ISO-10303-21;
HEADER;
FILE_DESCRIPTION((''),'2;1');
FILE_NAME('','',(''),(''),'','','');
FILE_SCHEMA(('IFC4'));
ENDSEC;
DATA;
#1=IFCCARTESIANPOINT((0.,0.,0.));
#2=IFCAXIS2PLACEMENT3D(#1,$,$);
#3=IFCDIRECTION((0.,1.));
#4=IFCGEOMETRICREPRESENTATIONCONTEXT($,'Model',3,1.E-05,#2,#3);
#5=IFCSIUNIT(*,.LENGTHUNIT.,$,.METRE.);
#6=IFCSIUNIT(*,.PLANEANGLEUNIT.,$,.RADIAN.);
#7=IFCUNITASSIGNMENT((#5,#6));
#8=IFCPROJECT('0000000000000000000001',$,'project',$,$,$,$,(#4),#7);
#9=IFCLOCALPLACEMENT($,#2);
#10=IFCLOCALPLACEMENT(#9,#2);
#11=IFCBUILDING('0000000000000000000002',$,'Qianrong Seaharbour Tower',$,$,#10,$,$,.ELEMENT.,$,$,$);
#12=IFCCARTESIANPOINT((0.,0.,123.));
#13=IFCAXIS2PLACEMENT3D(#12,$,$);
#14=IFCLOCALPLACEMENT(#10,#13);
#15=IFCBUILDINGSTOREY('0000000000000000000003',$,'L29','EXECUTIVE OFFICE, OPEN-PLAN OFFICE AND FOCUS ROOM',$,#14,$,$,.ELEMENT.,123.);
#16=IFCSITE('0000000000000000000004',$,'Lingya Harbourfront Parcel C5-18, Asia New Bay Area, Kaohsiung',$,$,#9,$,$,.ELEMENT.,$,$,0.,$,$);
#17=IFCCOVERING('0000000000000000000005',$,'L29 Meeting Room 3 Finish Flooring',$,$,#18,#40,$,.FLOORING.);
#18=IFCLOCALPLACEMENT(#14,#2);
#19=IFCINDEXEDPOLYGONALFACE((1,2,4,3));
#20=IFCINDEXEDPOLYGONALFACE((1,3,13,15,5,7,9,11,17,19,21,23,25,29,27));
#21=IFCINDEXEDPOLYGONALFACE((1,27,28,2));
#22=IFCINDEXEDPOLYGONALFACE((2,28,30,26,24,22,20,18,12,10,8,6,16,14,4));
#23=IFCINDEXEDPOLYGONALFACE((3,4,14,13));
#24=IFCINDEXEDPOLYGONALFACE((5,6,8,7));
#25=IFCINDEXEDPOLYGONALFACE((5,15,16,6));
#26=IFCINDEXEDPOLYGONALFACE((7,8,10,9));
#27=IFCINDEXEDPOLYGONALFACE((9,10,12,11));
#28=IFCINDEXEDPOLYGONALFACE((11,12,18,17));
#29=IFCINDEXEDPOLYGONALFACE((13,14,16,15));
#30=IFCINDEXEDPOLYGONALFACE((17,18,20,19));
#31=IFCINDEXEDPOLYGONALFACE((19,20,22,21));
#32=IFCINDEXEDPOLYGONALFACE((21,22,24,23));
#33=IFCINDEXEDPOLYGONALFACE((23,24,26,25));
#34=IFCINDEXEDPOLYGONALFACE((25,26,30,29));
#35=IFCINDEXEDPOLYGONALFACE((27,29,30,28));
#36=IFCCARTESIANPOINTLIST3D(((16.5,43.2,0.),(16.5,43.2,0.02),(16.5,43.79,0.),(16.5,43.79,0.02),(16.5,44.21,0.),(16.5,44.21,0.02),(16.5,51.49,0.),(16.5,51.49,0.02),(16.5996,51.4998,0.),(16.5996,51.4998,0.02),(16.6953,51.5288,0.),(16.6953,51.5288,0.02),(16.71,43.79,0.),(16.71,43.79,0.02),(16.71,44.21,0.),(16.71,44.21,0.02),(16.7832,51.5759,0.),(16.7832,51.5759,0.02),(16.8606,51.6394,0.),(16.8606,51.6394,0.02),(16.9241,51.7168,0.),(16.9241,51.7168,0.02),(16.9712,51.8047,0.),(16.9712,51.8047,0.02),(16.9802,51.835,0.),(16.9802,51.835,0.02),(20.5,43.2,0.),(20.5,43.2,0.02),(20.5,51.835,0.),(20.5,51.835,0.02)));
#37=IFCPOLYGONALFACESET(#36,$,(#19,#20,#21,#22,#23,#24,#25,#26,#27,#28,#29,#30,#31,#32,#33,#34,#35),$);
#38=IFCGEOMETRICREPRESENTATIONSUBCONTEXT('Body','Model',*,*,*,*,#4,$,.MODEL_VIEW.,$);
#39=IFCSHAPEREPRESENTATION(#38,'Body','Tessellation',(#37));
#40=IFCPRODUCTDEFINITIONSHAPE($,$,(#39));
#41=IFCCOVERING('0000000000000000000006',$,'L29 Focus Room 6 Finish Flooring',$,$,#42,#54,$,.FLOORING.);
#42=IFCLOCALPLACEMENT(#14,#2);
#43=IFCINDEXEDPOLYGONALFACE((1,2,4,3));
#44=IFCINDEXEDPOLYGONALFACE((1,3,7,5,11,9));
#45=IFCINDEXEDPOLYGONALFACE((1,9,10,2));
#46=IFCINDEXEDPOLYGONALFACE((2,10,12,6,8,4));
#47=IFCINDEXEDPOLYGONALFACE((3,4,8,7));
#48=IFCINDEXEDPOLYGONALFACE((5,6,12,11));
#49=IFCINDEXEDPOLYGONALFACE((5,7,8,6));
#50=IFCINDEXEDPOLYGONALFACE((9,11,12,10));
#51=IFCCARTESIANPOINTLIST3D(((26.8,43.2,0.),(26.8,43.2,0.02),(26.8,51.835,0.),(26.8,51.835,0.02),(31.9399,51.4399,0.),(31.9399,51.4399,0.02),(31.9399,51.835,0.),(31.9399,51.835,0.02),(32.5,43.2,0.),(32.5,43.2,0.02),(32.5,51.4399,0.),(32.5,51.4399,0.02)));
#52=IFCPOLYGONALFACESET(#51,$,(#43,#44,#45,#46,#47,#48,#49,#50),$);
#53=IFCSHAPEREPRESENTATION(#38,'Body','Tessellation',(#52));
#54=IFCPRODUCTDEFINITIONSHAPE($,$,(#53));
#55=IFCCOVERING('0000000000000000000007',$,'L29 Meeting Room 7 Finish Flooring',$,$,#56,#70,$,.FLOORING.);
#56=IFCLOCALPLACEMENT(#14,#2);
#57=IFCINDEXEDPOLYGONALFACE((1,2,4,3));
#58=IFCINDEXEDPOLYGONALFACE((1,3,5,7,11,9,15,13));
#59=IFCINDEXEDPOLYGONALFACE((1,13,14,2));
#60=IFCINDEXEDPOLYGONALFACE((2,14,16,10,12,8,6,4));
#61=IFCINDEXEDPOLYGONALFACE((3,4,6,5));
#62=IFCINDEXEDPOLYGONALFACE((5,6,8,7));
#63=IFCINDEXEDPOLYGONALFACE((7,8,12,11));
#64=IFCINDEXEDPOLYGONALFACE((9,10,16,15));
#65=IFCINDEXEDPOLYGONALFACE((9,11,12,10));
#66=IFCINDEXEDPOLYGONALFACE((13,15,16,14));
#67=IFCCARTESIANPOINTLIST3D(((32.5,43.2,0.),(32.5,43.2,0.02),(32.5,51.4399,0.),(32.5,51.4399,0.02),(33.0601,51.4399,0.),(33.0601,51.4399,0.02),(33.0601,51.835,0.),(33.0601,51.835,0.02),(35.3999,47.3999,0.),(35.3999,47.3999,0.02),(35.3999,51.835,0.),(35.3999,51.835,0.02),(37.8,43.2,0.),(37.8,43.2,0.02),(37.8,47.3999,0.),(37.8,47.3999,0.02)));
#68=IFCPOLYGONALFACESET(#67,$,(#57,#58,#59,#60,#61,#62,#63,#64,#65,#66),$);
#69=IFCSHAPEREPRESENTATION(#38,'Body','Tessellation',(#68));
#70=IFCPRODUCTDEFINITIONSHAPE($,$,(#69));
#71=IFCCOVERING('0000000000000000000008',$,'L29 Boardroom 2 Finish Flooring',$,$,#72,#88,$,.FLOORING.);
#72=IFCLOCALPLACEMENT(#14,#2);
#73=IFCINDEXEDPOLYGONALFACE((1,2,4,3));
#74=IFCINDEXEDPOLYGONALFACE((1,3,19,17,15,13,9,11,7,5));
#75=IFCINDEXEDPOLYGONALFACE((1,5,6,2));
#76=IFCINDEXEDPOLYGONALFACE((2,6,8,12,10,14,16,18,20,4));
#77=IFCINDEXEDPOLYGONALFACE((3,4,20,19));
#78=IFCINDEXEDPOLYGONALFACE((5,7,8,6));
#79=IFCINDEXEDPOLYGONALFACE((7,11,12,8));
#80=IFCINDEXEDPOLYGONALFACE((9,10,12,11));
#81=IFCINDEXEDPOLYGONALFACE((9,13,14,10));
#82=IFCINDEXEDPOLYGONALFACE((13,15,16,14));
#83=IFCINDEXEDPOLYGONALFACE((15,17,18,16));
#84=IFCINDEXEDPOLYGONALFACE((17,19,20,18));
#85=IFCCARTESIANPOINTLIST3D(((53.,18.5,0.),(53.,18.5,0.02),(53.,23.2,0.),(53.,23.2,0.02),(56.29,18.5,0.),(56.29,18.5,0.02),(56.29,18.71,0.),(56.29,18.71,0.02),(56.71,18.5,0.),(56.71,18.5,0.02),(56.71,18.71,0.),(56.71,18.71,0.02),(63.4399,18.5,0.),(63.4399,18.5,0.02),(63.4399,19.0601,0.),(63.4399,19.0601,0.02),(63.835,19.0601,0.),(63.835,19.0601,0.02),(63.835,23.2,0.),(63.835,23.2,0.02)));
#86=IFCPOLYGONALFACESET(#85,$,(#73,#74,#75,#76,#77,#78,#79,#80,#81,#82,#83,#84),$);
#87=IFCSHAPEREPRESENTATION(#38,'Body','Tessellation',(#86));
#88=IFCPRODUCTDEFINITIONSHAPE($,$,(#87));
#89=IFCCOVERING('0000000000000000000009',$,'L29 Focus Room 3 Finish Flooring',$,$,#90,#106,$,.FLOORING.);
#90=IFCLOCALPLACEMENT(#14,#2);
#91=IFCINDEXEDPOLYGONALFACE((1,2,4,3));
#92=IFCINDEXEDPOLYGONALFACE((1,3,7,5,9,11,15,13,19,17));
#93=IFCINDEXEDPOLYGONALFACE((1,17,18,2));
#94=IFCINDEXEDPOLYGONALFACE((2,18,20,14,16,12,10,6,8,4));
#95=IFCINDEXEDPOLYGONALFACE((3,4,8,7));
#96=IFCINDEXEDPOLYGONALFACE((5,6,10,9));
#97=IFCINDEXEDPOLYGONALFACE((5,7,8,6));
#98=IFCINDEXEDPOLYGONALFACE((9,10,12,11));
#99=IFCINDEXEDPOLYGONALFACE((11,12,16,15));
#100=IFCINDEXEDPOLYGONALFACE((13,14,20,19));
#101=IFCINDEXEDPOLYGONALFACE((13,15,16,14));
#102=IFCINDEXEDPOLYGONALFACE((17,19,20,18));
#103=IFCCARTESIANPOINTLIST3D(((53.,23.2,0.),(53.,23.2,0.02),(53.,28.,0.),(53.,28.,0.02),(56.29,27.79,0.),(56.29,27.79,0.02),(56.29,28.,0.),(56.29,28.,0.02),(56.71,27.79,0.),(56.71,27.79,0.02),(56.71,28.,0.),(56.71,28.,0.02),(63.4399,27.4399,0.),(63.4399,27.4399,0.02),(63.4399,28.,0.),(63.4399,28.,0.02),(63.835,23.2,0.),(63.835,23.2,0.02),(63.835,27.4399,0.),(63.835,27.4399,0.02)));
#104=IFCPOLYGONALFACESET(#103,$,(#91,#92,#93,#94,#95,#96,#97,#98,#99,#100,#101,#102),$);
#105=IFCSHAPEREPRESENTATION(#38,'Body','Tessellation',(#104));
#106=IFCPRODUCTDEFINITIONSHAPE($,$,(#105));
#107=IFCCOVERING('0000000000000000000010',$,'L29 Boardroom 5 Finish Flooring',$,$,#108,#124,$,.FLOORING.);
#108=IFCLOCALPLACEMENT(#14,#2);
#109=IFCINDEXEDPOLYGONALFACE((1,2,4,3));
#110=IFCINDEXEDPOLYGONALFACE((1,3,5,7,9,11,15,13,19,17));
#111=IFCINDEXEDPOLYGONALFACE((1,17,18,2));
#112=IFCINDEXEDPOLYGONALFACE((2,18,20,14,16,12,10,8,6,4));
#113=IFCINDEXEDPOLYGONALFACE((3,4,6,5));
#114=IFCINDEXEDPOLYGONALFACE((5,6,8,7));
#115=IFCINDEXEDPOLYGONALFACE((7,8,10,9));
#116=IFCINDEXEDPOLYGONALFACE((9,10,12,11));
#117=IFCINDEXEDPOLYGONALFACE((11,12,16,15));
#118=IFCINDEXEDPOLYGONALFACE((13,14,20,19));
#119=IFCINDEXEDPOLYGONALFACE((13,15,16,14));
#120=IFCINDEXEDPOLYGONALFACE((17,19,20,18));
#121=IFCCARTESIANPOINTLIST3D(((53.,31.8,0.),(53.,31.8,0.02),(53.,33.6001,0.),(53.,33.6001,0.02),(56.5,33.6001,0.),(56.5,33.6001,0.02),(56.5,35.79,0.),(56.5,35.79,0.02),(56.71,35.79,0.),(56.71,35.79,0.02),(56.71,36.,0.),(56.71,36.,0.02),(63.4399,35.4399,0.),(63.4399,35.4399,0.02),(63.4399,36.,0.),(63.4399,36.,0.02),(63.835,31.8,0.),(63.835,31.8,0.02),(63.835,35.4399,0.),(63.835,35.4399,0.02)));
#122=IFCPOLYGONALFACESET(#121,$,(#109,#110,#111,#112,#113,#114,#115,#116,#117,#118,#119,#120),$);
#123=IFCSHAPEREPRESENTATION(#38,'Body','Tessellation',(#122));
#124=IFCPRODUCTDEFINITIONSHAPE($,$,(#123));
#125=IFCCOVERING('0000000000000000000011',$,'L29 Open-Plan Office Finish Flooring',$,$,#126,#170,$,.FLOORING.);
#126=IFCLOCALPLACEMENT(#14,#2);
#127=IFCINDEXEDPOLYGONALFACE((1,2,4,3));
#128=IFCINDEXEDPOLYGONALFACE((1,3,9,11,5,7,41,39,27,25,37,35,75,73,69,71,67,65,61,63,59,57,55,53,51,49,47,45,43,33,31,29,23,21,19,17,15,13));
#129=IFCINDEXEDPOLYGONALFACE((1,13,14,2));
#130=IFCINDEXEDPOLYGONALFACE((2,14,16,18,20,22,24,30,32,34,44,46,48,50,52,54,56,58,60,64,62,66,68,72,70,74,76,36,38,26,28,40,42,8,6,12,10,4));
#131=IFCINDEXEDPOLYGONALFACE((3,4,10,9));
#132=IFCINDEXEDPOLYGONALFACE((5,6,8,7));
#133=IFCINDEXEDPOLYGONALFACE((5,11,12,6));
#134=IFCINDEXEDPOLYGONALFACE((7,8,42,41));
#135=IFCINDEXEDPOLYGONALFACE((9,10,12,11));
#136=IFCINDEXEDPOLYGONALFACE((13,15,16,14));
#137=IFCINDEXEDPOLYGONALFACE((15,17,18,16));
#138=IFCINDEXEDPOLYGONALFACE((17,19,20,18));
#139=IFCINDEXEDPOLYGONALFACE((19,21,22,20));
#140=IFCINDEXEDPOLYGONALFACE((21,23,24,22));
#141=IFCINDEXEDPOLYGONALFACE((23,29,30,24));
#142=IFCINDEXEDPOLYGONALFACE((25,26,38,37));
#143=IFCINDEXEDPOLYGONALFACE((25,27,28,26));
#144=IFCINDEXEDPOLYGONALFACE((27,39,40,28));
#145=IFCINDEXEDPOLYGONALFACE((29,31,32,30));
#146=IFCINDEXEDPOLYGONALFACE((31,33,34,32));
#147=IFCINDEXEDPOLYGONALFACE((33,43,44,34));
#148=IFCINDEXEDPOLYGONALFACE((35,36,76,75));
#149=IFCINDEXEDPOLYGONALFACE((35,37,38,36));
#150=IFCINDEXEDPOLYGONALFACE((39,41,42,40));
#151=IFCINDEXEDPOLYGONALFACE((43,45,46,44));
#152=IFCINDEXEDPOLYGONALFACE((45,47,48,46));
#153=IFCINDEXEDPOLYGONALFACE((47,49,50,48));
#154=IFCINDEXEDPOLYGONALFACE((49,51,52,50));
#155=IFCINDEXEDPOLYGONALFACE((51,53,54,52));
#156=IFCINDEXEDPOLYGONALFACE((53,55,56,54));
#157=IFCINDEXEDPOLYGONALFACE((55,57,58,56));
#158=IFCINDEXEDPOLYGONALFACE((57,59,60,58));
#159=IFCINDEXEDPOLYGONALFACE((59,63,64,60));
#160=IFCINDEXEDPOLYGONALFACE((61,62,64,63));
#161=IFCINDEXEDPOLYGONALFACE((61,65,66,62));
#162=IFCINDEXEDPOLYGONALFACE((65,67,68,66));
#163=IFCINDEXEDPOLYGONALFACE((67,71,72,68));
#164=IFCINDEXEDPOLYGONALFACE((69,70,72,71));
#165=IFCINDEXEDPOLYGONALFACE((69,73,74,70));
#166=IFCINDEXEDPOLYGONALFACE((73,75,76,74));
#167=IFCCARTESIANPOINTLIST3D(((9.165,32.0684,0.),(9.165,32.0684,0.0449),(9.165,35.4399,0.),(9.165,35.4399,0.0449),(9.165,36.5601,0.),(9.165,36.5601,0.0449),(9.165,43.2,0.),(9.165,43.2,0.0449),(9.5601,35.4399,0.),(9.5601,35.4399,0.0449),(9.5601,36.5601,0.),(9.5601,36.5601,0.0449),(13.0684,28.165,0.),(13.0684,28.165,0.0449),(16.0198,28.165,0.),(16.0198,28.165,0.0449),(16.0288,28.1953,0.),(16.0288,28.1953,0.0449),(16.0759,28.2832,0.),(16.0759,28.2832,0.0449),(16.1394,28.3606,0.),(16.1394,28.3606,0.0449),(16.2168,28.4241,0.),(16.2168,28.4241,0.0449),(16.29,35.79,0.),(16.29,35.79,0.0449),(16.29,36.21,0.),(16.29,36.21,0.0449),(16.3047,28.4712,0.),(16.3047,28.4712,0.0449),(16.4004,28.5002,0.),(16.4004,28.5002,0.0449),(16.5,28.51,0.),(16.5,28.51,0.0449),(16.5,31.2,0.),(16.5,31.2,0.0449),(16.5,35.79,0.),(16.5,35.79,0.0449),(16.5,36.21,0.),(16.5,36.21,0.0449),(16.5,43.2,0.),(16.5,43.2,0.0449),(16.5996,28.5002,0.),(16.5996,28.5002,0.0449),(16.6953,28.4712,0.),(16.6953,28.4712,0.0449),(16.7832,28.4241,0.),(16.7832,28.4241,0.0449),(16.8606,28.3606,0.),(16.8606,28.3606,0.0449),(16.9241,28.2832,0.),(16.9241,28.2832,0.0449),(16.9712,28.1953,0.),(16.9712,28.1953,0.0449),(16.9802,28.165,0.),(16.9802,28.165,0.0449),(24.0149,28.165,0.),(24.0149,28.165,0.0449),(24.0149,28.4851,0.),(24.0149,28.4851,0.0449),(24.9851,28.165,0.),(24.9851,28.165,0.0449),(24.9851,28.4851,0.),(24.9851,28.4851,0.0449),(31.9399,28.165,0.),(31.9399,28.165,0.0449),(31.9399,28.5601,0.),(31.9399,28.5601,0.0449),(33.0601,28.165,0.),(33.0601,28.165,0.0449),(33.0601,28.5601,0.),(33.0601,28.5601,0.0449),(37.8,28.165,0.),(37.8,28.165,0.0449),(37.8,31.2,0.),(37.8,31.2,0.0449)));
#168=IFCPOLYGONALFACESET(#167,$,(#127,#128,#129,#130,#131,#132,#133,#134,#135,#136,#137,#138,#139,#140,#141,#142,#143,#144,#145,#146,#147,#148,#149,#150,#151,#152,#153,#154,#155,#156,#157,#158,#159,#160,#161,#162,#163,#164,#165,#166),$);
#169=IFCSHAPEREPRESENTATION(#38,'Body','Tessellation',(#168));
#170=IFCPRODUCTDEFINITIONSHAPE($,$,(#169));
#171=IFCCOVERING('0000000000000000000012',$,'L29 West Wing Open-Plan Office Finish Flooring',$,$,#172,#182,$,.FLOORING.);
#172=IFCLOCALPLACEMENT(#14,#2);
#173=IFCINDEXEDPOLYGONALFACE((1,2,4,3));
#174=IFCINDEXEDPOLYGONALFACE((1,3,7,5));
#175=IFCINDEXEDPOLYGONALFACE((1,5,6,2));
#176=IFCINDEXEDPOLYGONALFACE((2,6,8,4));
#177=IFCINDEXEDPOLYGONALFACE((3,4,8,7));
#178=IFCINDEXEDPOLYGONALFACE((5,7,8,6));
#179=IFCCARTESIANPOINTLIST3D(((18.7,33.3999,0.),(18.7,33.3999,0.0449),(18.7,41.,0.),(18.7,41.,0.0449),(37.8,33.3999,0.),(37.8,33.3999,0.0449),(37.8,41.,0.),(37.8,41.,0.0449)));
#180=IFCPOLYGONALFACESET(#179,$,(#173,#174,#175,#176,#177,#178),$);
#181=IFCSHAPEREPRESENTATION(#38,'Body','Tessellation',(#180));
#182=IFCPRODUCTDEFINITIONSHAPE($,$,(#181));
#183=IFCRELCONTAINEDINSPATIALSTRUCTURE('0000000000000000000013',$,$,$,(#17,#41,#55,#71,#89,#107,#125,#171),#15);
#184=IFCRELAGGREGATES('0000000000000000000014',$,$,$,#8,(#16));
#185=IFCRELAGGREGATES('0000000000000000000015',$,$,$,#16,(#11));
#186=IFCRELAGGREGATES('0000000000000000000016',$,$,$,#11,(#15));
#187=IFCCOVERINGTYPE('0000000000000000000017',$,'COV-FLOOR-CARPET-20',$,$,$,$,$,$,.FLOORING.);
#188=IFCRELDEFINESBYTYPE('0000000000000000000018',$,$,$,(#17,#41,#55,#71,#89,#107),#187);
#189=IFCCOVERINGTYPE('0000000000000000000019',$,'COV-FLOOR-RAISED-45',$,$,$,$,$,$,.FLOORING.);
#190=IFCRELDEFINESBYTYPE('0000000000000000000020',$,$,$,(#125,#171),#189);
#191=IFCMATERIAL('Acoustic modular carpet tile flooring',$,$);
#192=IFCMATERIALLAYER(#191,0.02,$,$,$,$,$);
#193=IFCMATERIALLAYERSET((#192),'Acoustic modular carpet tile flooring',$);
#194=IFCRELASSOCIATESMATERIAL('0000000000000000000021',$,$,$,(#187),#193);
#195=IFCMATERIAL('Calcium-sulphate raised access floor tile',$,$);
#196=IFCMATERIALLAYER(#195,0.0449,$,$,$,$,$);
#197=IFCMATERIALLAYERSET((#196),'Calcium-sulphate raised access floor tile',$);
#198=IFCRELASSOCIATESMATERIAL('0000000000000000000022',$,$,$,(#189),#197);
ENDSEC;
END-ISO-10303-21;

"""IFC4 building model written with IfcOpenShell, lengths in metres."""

from ifc_helpers import new_model, si_unit, direction, frame, origin, place, context, subcontext, project, spatial, polyline, outline, extrude, material, layer, layer_set, type_object, element, save


model = new_model("IFC4")

# Units and contexts
model_context = context("Model", 3, precision=1e-05, world=origin(), true_north=direction((0.0, 1.0)))
body_context = subcontext(model_context, "Body", "Model", "MODEL_VIEW")
ifc_project = project(units=[si_unit("LENGTHUNIT", "METRE"), si_unit("PLANEANGLEUNIT", "RADIAN")], contexts=[model_context])

# Site, building, storey
site_placement = place(None, origin())
site = spatial("IfcSite", under=ifc_project, at=site_placement, Name="Lingya Harbourfront Parcel C5-18, Asia New Bay Area, Kaohsiung", CompositionType="ELEMENT", RefElevation=0.0)
building_placement = place(site_placement, origin())
building = spatial("IfcBuilding", under=site, at=building_placement, Name="Qianrong Seaharbour Tower", CompositionType="ELEMENT")
storey_placement = place(building_placement, frame((0.0, 0.0, 123.0)))
storey = spatial("IfcBuildingStorey", under=building, at=storey_placement, Name="L29", Description="EXECUTIVE OFFICE, OPEN-PLAN OFFICE AND FOCUS ROOM", CompositionType="ELEMENT", Elevation=123.0)

# Coverings
ifc_material_1 = material(Name="Acoustic modular carpet tile flooring")
ifc_layer_1 = layer(ifc_material_1, 0.02)
ifc_layer_set_1 = layer_set([ifc_layer_1], Name="Acoustic modular carpet tile flooring")
covering_type_1 = type_object("IfcCoveringType", Name="COV-FLOOR-CARPET-20", PredefinedType="FLOORING", material=ifc_layer_set_1)
covering_1_placement = place(storey_placement, origin())
element("IfcCovering", 1, at=covering_1_placement, inside=storey, type_object=covering_type_1, Name="L29 Meeting Room 3 Finish Flooring", PredefinedType="FLOORING", context=body_context, shape_type="SweptSolid", body=[
    extrude(outline(polyline([(16.5, 43.79), (16.71, 43.79), (16.71, 44.21), (16.5, 44.21), (16.5, 51.49), (16.5996, 51.4998), (16.6953, 51.5288), (16.7832, 51.5759), (16.8606, 51.6394), (16.9241, 51.7168), (16.9712, 51.8047), (16.9802, 51.835), (20.5, 51.835), (20.5, 43.2), (16.5, 43.2), (16.5, 43.79)])), origin(), (0.0, 0.0, 1.0), 0.02),
])
covering_2_placement = place(storey_placement, origin())
element("IfcCovering", 2, at=covering_2_placement, inside=storey, type_object=covering_type_1, Name="L29 Focus Room 6 Finish Flooring", PredefinedType="FLOORING", context=body_context, shape_type="SweptSolid", body=[
    extrude(outline(polyline([(26.8, 51.835), (31.9399, 51.835), (31.9399, 51.4399), (32.5, 51.4399), (32.5, 43.2), (26.8, 43.2), (26.8, 51.835)])), origin(), (0.0, 0.0, 1.0), 0.02),
])
covering_3_placement = place(storey_placement, origin())
element("IfcCovering", 3, at=covering_3_placement, inside=storey, type_object=covering_type_1, Name="L29 Meeting Room 7 Finish Flooring", PredefinedType="FLOORING", context=body_context, shape_type="SweptSolid", body=[
    extrude(outline(polyline([(32.5, 51.4399), (33.0601, 51.4399), (33.0601, 51.835), (35.3999, 51.835), (35.3999, 47.3999), (37.8, 47.3999), (37.8, 43.2), (32.5, 43.2), (32.5, 51.4399)])), origin(), (0.0, 0.0, 1.0), 0.02),
])
covering_4_placement = place(storey_placement, origin())
element("IfcCovering", 4, at=covering_4_placement, inside=storey, type_object=covering_type_1, Name="L29 Boardroom 2 Finish Flooring", PredefinedType="FLOORING", context=body_context, shape_type="SweptSolid", body=[
    extrude(outline(polyline([(63.835, 23.2), (63.835, 19.0601), (63.4399, 19.0601), (63.4399, 18.5), (56.71, 18.5), (56.71, 18.71), (56.29, 18.71), (56.29, 18.5), (53.0, 18.5), (53.0, 23.2), (63.835, 23.2)])), origin(), (0.0, 0.0, 1.0), 0.02),
])
covering_5_placement = place(storey_placement, origin())
element("IfcCovering", 5, at=covering_5_placement, inside=storey, type_object=covering_type_1, Name="L29 Focus Room 3 Finish Flooring", PredefinedType="FLOORING", context=body_context, shape_type="SweptSolid", body=[
    extrude(outline(polyline([(56.29, 28.0), (56.29, 27.79), (56.71, 27.79), (56.71, 28.0), (63.4399, 28.0), (63.4399, 27.4399), (63.835, 27.4399), (63.835, 23.2), (53.0, 23.2), (53.0, 28.0), (56.29, 28.0)])), origin(), (0.0, 0.0, 1.0), 0.02),
])
covering_6_placement = place(storey_placement, origin())
element("IfcCovering", 6, at=covering_6_placement, inside=storey, type_object=covering_type_1, Name="L29 Boardroom 5 Finish Flooring", PredefinedType="FLOORING", context=body_context, shape_type="SweptSolid", body=[
    extrude(outline(polyline([(56.5, 33.6001), (56.5, 35.79), (56.71, 35.79), (56.71, 36.0), (63.4399, 36.0), (63.4399, 35.4399), (63.835, 35.4399), (63.835, 31.8), (53.0, 31.8), (53.0, 33.6001), (56.5, 33.6001)])), origin(), (0.0, 0.0, 1.0), 0.02),
])
ifc_material_2 = material(Name="Calcium-sulphate raised access floor tile")
ifc_layer_2 = layer(ifc_material_2, 0.0449)
ifc_layer_set_2 = layer_set([ifc_layer_2], Name="Calcium-sulphate raised access floor tile")
covering_type_2 = type_object("IfcCoveringType", Name="COV-FLOOR-RAISED-45", PredefinedType="FLOORING", material=ifc_layer_set_2)
covering_7_placement = place(storey_placement, origin())
element("IfcCovering", 7, at=covering_7_placement, inside=storey, type_object=covering_type_2, Name="L29 Open-Plan Office Finish Flooring", PredefinedType="FLOORING", context=body_context, shape_type="SweptSolid", body=[
    extrude(outline(polyline([(33.0601, 28.165), (33.0601, 28.5601), (31.9399, 28.5601), (31.9399, 28.165), (24.9851, 28.165), (24.9851, 28.4851), (24.0149, 28.4851), (24.0149, 28.165), (16.9802, 28.165), (16.9712, 28.1953), (16.9241, 28.2832), (16.8606, 28.3606), (16.7832, 28.4241), (16.6953, 28.4712), (16.5996, 28.5002), (16.5, 28.51), (16.4004, 28.5002), (16.3047, 28.4712), (16.2168, 28.4241), (16.1394, 28.3606), (16.0759, 28.2832), (16.0288, 28.1953), (16.0198, 28.165), (13.0684, 28.165), (9.165, 32.0684), (9.165, 35.4399), (9.5601, 35.4399), (9.5601, 36.5601), (9.165, 36.5601), (9.165, 43.2), (16.5, 43.2), (16.5, 36.21), (16.29, 36.21), (16.29, 35.79), (16.5, 35.79), (16.5, 31.2), (37.8, 31.2), (37.8, 28.165), (33.0601, 28.165)])), origin(), (0.0, 0.0, 1.0), 0.0449),
])
covering_8_placement = place(storey_placement, origin())
element("IfcCovering", 8, at=covering_8_placement, inside=storey, type_object=covering_type_2, Name="L29 West Wing Open-Plan Office Finish Flooring", PredefinedType="FLOORING", context=body_context, shape_type="SweptSolid", body=[
    extrude(outline(polyline([(37.8, 41.0), (37.8, 33.3999), (18.7, 33.3999), (18.7, 41.0), (37.8, 41.0)])), origin(), (0.0, 0.0, 1.0), 0.0449),
])

save(model, "model.ifc")
